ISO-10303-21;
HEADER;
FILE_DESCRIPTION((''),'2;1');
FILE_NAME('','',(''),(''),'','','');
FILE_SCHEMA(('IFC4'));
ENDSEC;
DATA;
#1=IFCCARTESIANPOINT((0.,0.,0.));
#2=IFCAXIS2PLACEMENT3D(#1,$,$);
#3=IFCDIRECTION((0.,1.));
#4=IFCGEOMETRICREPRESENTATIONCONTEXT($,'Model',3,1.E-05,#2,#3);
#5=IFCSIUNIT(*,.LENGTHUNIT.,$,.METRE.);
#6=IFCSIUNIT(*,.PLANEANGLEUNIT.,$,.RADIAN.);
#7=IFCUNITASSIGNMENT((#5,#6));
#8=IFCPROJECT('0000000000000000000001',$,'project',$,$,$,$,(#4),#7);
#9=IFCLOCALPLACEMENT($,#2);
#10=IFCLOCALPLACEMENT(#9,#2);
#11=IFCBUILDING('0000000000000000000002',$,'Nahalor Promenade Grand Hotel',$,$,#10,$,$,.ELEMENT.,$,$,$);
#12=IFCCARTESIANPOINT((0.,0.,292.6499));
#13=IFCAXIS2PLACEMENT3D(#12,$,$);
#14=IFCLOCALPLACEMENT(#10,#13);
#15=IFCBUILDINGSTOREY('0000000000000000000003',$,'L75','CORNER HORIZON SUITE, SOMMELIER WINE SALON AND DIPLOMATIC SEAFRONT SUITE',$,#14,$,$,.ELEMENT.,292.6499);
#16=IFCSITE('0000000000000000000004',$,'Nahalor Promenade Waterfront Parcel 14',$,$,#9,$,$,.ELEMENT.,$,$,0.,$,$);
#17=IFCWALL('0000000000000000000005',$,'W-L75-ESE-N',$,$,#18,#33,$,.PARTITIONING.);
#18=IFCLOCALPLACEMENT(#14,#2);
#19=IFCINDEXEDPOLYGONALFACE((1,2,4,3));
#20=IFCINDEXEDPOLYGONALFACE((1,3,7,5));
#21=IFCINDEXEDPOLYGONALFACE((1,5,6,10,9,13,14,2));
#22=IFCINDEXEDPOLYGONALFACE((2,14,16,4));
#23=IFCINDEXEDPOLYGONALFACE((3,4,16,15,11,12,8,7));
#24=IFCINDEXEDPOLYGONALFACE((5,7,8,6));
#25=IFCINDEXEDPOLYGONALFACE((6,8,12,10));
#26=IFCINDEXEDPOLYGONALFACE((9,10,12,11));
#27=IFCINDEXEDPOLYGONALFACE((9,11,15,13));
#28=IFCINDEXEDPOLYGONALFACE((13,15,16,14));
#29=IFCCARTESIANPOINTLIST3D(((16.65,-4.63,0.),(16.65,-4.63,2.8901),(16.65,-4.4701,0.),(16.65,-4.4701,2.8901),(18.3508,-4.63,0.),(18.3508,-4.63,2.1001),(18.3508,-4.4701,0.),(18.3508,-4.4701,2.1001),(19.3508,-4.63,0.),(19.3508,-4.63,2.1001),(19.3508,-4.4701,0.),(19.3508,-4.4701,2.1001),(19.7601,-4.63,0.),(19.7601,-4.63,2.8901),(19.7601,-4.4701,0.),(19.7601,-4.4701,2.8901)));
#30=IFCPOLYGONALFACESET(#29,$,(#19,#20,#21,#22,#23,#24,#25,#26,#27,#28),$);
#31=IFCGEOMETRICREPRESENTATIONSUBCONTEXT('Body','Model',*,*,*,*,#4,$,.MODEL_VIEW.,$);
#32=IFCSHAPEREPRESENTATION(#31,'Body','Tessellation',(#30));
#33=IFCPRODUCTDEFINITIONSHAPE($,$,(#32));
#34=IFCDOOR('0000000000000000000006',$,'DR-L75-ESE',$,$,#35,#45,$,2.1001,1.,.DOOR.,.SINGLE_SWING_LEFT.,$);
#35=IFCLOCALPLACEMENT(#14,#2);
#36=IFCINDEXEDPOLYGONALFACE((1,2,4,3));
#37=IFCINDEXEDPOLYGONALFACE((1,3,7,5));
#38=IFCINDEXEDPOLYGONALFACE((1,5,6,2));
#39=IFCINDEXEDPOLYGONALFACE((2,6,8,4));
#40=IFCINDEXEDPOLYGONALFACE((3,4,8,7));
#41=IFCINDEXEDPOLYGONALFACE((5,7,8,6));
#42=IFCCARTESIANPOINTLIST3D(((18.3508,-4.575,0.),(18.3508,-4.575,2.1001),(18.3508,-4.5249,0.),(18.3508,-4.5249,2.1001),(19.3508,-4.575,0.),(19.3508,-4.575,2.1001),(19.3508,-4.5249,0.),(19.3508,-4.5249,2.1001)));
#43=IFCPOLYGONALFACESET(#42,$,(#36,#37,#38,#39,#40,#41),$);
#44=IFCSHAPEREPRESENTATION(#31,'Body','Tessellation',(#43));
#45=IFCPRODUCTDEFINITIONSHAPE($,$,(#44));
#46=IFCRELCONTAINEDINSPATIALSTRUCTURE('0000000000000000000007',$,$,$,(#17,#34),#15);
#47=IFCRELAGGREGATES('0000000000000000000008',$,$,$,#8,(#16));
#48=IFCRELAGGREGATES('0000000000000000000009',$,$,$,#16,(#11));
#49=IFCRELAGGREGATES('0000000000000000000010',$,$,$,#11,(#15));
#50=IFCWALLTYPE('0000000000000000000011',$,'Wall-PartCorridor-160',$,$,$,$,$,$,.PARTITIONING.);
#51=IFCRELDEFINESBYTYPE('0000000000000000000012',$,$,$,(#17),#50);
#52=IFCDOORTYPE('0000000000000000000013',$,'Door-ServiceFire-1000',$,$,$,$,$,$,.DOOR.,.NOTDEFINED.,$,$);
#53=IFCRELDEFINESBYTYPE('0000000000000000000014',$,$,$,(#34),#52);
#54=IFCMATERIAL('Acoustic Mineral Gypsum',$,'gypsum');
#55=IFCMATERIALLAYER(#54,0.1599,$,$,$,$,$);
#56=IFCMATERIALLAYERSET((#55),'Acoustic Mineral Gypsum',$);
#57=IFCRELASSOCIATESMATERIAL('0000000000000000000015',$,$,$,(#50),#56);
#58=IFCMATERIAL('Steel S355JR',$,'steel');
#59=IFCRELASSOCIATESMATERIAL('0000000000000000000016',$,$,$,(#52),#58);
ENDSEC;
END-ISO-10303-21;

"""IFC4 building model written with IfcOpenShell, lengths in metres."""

from ifc_helpers import new_model, si_unit, direction, frame, frame_2d, origin, place, context, subcontext, project, spatial, rectangle, extrude, source, transform, mapped, material, layer, layer_set, type_object, element, fill, save


model = new_model("IFC4")

# Units and contexts
model_context = context("Model", 3, precision=1e-05, world=origin(), true_north=direction((0.0, 1.0)))
body_context = subcontext(model_context, "Body", "Model", "MODEL_VIEW")
ifc_project = project(units=[si_unit("LENGTHUNIT", "METRE"), si_unit("PLANEANGLEUNIT", "RADIAN")], contexts=[model_context])

# Site, building, storey
site_placement = place(None, origin())
site = spatial("IfcSite", under=ifc_project, at=site_placement, Name="Nahalor Promenade Waterfront Parcel 14", CompositionType="ELEMENT", RefElevation=0.0)
building_placement = place(site_placement, origin())
building = spatial("IfcBuilding", under=site, at=building_placement, Name="Nahalor Promenade Grand Hotel", CompositionType="ELEMENT")
storey_placement = place(building_placement, frame((0.0, 0.0, 292.6499)))
storey = spatial("IfcBuildingStorey", under=building, at=storey_placement, Name="L75", Description="CORNER HORIZON SUITE, SOMMELIER WINE SALON AND DIPLOMATIC SEAFRONT SUITE", CompositionType="ELEMENT", Elevation=292.6499)

# Shared definitions
ifc_material_1 = material(Name="Steel S355JR", Category="steel")

# Shared definitions
ifc_material_2 = material(Name="Acoustic Mineral Gypsum", Category="gypsum")
ifc_layer_1 = layer(ifc_material_2, 0.1599)
ifc_layer_set_1 = layer_set([ifc_layer_1], Name="Acoustic Mineral Gypsum")
wall_type_1 = type_object("IfcWallType", Name="Wall-PartCorridor-160", PredefinedType="PARTITIONING", material=ifc_layer_set_1)

# Wall, opening, door
shared_shape_1 = source(origin(), body_context, "Body", "SweptSolid", [
    extrude(rectangle(XDim=3.1101, YDim=0.1599, at=frame_2d((1.5552, 0.0))), origin(), (0.0, 0.0, 1.0), 2.8901),
])
wall_1_placement = place(storey_placement, frame((16.6499, -4.55, 0.0), z_axis=(0.0, 0.0, 1.0), x_axis=(1.0, 0.0, 0.0)))
wall_1 = element("IfcWall", 1, at=wall_1_placement, inside=storey, type_object=wall_type_1, Name="W-L75-ESE-N", PredefinedType="PARTITIONING", context=body_context, shape_type="MappedRepresentation", body=[
    mapped(shared_shape_1, transform((0.0, 0.0, 0.0), scale=1.0)),
])
opening_1_placement = place(wall_1_placement, frame((1.7009, 0.0, 0.0)))
opening_1 = element("IfcOpeningElement", 2, at=opening_1_placement, cuts=wall_1, PredefinedType="OPENING", context=body_context, shape_type="SweptSolid", body=[
    extrude(rectangle(XDim=1.0, YDim=2.1001, at=frame_2d((0.5, 1.05))), frame((0.0, 0.0898, 0.0), z_axis=(0.0, -1.0, 0.0), x_axis=(1.0, 0.0, 0.0)), (0.0, 0.0, 1.0), 0.1799),
])
door_type_1 = type_object("IfcDoorType", Name="Door-ServiceFire-1000", OperationType="NOTDEFINED", PredefinedType="DOOR", material=ifc_material_1)
shared_shape_2 = source(origin(), body_context, "Body", "SweptSolid", [
    extrude(rectangle(XDim=1.0, YDim=2.1001, at=frame_2d((0.5, 1.05))), frame((0.0, 0.0249, 0.0), z_axis=(0.0, -1.0, 0.0), x_axis=(1.0, 0.0, 0.0)), (0.0, 0.0, 1.0), 0.05),
])
door_1_placement = place(opening_1_placement, frame((1.0, 0.0, 0.0), z_axis=(0.0, 0.0, 1.0), x_axis=(-1.0, 0.0, 0.0)))
door_1 = element("IfcDoor", 3, at=door_1_placement, inside=storey, type_object=door_type_1, Name="DR-L75-ESE", OperationType="SINGLE_SWING_LEFT", OverallHeight=2.1001, OverallWidth=1.0, PredefinedType="DOOR", context=body_context, shape_type="MappedRepresentation", body=[
    mapped(shared_shape_2, transform((0.0, 0.0, 0.0), scale=1.0)),
])
fill(opening_1, door_1)

save(model, "model.ifc")
